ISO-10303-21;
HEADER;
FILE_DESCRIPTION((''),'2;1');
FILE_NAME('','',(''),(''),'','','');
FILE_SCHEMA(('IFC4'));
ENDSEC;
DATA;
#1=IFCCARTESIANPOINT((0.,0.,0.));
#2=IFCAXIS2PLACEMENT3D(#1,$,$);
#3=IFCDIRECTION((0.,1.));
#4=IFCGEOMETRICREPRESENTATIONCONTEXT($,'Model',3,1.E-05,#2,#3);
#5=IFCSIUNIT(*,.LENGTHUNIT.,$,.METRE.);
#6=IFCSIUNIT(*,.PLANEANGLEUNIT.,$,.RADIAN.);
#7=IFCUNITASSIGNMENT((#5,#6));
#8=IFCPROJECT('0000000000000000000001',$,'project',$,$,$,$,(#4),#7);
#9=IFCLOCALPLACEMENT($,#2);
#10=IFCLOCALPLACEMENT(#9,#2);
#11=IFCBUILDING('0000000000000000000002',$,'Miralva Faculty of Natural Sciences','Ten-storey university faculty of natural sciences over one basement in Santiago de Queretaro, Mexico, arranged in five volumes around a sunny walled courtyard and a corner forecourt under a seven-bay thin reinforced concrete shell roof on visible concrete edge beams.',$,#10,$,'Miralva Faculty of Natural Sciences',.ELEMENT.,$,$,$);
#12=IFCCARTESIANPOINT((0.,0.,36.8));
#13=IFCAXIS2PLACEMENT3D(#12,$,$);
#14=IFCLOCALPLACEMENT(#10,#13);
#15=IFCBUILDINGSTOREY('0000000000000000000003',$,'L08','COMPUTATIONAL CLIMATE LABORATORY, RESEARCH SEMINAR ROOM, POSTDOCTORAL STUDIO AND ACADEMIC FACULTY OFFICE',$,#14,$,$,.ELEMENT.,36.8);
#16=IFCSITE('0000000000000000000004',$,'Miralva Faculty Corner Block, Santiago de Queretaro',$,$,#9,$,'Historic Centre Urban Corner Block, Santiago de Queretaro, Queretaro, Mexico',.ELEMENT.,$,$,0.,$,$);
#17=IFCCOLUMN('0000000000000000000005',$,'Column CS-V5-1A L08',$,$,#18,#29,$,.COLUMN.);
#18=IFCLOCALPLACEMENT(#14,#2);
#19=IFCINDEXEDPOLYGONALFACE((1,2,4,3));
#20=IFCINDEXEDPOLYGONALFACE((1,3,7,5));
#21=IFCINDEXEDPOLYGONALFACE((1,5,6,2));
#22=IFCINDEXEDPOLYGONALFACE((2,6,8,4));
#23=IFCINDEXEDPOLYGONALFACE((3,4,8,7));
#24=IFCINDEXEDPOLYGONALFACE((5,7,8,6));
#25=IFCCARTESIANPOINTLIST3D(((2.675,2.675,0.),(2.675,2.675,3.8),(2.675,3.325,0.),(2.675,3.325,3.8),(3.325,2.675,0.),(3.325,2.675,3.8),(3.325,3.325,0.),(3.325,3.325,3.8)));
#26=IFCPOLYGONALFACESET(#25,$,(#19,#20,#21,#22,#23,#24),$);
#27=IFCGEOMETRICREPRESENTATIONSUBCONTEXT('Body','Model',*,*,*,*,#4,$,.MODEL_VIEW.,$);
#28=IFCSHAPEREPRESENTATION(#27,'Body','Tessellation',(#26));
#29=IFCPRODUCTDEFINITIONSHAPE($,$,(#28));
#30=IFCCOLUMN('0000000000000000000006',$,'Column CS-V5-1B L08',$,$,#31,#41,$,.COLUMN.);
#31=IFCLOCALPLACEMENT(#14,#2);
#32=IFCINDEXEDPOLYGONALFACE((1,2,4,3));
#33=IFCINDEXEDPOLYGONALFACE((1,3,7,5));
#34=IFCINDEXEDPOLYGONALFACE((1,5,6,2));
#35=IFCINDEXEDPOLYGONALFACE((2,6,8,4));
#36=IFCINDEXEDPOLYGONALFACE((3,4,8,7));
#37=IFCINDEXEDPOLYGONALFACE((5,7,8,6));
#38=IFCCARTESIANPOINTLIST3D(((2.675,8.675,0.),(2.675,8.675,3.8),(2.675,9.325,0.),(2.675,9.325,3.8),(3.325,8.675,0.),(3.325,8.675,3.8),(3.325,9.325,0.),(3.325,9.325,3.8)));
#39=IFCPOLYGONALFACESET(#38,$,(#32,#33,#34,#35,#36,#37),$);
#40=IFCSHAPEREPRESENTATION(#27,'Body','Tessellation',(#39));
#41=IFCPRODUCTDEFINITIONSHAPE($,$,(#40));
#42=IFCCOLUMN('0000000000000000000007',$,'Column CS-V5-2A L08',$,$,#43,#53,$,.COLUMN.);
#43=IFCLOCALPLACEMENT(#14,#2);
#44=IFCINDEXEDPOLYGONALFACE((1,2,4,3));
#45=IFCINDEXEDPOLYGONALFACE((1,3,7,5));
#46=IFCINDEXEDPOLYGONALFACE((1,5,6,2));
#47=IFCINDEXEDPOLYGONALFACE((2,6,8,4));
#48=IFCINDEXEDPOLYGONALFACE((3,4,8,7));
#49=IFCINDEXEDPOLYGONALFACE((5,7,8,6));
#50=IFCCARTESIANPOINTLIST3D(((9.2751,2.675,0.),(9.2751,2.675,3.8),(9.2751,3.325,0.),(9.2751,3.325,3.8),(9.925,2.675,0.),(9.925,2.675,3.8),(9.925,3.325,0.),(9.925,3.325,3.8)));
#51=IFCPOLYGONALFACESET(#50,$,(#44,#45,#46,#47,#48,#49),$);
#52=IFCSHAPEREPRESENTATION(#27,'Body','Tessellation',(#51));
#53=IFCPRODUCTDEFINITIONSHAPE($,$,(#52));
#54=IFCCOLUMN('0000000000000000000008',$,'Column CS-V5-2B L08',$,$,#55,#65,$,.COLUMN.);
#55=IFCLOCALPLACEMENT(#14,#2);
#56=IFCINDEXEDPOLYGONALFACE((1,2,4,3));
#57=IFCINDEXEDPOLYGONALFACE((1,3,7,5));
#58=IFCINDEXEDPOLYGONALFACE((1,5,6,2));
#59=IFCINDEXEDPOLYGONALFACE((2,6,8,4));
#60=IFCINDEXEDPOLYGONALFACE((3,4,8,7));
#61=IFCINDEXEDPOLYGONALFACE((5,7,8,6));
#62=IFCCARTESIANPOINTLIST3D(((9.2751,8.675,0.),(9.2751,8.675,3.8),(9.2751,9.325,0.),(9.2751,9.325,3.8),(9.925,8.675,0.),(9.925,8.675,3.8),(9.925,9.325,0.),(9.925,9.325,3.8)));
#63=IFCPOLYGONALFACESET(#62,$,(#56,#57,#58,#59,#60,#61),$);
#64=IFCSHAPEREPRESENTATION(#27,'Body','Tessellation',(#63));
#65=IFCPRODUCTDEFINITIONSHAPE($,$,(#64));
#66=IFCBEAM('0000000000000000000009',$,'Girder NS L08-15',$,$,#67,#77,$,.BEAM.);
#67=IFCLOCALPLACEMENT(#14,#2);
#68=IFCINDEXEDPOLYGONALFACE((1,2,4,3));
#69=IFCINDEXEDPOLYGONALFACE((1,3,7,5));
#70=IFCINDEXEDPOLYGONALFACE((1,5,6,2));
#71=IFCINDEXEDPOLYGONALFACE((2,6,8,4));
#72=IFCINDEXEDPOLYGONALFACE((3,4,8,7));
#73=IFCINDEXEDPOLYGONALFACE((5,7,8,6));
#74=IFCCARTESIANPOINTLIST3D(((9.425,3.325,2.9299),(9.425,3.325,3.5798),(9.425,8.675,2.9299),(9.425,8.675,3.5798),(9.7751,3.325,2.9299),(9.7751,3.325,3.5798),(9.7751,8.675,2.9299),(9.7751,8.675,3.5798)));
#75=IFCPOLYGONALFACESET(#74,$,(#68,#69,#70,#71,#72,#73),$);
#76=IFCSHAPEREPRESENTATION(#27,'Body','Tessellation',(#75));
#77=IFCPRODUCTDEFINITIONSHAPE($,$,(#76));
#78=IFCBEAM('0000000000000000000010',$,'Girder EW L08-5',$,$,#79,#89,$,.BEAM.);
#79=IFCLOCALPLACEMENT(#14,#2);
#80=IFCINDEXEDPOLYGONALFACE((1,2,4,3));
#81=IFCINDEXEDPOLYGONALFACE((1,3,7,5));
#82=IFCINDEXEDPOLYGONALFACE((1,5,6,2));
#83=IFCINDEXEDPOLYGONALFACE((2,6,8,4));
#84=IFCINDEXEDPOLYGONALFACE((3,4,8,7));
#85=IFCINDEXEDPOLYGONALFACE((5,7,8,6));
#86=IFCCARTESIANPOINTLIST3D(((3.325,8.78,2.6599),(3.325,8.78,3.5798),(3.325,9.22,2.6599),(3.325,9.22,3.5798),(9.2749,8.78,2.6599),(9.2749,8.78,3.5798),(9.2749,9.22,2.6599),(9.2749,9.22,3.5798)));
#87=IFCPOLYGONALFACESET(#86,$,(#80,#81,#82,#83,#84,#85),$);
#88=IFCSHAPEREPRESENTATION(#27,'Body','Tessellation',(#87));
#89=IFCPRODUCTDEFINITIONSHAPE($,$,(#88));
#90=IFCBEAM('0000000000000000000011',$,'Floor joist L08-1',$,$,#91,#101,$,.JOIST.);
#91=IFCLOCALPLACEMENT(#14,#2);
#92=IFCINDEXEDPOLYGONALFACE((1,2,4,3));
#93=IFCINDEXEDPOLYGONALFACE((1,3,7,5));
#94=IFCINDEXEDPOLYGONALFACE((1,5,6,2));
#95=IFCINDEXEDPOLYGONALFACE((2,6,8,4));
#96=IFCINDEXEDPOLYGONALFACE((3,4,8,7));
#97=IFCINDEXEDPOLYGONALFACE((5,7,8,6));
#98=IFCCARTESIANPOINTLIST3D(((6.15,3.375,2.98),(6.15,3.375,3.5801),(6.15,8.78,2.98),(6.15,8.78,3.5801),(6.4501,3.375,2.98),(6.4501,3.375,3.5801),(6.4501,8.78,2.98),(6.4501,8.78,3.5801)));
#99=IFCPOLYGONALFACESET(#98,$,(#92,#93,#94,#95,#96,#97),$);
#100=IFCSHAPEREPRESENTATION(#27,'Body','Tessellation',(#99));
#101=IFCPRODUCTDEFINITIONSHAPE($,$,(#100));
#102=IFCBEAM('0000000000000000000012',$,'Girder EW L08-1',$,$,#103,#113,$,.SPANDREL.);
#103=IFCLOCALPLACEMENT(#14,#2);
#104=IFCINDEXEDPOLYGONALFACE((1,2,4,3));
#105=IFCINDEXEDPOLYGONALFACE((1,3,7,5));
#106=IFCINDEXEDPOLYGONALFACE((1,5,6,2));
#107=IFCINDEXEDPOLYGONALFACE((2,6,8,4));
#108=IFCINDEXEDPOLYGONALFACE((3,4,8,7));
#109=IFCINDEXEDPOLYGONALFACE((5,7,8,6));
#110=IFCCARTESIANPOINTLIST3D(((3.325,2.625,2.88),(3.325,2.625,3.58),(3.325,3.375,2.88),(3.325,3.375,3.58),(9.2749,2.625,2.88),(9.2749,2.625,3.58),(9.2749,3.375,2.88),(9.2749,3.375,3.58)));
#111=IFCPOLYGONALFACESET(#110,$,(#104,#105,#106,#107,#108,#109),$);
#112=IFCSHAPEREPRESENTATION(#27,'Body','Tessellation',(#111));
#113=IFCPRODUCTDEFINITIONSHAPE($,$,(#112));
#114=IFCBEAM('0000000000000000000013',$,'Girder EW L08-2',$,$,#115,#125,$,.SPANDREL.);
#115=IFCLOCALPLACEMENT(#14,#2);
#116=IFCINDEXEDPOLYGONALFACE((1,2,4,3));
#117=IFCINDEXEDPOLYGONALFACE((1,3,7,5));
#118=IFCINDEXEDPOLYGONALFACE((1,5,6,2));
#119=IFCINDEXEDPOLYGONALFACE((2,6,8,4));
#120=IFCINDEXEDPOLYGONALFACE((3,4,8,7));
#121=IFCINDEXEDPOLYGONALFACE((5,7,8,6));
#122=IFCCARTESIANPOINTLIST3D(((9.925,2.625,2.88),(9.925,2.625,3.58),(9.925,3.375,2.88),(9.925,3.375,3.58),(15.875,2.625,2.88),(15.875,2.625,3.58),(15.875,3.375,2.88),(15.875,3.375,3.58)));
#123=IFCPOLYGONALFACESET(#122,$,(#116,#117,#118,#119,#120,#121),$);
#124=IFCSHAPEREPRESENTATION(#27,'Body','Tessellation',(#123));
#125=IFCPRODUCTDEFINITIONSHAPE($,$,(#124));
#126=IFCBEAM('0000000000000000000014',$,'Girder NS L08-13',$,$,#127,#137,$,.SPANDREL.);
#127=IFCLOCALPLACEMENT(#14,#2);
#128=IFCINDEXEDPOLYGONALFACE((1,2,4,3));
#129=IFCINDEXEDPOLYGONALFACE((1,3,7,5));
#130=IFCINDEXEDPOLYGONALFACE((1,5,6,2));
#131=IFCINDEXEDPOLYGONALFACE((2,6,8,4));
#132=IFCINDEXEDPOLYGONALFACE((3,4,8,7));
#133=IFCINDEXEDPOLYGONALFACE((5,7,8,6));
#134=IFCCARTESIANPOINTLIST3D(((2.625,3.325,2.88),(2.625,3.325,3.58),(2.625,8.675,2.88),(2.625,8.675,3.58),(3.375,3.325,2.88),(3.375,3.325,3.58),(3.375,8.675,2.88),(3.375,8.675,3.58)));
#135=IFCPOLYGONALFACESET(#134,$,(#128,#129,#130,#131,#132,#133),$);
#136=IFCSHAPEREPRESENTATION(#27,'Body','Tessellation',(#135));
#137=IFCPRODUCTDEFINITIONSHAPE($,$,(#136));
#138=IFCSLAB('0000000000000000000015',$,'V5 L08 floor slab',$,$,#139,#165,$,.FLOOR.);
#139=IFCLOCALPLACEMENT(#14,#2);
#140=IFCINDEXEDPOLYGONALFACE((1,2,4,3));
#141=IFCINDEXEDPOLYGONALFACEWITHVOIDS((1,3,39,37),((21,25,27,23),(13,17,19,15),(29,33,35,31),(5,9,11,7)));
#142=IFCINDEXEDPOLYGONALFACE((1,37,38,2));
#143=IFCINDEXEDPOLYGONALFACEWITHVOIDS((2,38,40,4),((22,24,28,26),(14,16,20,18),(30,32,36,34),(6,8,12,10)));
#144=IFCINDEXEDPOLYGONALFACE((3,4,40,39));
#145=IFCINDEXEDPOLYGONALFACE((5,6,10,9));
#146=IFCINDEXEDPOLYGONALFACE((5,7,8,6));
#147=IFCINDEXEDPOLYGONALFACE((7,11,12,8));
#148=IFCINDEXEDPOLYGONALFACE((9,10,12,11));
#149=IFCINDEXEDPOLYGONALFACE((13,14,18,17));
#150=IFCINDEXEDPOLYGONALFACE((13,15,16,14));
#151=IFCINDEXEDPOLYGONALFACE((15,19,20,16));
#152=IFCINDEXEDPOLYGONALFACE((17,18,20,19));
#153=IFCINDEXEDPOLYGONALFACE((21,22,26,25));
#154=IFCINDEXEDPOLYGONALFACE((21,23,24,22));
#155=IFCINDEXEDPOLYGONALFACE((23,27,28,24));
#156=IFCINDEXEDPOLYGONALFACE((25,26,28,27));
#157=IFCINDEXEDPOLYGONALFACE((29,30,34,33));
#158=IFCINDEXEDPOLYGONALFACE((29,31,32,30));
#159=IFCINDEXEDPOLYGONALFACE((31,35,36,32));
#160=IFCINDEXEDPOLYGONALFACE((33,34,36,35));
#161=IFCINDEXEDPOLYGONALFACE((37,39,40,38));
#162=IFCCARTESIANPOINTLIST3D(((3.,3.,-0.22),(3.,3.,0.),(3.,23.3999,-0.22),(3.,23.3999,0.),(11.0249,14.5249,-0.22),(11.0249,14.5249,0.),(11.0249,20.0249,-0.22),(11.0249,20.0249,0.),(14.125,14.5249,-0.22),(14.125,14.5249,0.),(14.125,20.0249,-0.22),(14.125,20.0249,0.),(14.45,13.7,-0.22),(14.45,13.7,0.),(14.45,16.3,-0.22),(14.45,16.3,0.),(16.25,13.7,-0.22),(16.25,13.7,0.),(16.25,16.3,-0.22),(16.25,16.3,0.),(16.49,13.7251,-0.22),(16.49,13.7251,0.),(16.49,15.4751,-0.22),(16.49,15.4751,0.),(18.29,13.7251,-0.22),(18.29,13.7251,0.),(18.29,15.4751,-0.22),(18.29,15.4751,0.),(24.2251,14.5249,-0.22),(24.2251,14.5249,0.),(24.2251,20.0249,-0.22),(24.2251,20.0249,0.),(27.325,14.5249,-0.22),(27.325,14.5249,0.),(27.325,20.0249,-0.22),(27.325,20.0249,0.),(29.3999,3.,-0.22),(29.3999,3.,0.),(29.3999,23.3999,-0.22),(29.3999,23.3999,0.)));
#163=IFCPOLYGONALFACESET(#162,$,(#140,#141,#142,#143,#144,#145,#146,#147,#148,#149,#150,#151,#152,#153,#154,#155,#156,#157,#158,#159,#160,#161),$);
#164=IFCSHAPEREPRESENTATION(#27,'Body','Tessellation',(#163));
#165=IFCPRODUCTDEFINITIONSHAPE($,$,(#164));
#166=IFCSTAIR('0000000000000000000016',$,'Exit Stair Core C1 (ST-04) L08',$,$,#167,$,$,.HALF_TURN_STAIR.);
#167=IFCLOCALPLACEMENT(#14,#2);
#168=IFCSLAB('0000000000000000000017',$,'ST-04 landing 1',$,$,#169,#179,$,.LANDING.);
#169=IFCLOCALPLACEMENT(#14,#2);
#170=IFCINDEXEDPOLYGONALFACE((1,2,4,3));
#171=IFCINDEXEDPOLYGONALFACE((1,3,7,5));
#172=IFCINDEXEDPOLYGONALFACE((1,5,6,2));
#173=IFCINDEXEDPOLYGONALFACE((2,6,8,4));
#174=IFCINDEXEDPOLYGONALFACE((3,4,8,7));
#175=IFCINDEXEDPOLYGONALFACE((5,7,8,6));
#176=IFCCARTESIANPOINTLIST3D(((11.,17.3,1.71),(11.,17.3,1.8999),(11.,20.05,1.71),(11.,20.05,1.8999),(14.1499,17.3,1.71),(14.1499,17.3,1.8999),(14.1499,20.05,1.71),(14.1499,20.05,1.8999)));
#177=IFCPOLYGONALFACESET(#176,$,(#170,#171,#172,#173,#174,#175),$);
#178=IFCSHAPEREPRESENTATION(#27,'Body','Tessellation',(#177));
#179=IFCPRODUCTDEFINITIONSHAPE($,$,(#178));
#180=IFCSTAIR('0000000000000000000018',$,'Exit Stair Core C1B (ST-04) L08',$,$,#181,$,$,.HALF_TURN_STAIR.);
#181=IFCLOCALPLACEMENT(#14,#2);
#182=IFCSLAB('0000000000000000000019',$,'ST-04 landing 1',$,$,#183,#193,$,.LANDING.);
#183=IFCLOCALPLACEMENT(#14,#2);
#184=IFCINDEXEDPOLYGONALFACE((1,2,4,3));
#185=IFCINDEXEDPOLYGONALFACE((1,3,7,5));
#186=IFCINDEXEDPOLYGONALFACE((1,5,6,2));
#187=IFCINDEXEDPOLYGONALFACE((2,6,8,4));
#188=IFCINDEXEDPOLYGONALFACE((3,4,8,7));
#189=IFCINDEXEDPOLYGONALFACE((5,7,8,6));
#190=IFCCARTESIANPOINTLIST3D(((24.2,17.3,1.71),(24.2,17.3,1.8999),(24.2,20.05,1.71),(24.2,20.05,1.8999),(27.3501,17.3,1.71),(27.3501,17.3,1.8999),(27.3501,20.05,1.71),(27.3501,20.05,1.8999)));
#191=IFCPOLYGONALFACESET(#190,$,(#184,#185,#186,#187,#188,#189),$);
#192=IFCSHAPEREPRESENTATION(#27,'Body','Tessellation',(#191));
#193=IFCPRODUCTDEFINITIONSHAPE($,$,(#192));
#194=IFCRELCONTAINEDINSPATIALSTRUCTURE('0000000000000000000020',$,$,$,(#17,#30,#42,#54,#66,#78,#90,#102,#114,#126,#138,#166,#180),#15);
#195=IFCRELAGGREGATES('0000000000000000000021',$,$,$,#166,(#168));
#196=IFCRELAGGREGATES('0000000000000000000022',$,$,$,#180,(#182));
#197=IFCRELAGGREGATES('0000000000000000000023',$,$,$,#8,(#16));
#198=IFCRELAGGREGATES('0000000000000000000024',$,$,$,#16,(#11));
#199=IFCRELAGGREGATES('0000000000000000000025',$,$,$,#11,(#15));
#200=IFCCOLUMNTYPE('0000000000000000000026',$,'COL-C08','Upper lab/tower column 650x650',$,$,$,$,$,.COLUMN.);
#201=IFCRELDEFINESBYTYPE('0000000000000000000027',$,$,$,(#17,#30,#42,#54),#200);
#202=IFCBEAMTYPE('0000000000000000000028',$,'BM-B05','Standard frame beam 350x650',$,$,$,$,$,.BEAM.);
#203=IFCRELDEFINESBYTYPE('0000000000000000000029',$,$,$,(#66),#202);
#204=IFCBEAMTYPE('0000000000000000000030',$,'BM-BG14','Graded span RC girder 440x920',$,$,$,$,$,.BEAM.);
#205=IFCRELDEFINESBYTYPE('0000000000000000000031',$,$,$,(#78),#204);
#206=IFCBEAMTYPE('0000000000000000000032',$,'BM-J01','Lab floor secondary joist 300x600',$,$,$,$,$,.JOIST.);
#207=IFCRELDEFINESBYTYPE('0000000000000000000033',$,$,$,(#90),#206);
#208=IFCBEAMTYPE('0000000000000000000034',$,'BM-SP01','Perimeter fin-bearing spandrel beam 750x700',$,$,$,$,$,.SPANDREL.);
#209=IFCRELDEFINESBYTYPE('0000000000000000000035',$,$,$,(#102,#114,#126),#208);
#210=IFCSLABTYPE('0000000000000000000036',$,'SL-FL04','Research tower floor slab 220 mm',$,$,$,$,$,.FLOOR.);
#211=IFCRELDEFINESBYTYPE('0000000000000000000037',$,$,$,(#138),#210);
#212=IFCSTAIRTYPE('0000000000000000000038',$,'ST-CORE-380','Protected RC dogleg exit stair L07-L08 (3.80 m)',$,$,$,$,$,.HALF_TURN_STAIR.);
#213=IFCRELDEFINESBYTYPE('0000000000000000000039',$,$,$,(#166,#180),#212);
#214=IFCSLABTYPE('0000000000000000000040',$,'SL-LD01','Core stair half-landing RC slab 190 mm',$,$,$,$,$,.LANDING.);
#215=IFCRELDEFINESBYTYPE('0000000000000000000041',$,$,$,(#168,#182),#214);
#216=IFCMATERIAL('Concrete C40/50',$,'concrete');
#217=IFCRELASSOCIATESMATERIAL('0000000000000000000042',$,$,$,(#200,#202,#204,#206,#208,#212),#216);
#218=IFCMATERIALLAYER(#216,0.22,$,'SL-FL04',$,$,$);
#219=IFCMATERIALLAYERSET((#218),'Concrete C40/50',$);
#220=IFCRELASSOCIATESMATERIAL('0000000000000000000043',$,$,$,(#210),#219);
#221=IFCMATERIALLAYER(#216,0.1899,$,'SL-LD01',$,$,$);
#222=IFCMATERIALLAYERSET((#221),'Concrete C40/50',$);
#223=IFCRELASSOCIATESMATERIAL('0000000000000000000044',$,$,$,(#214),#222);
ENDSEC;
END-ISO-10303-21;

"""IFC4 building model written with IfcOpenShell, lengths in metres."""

from ifc_helpers import new_model, si_unit, direction, frame, origin, origin_2d, place, context, subcontext, project, spatial, polyline, rectangle, outline, extrude, material, layer, layer_set, material_profile, profile_set, type_object, element, aggregate, save


model = new_model("IFC4")

# Units and contexts
model_context = context("Model", 3, precision=1e-05, world=origin(), true_north=direction((0.0, 1.0)))
body_context = subcontext(model_context, "Body", "Model", "MODEL_VIEW")
ifc_project = project(units=[si_unit("LENGTHUNIT", "METRE"), si_unit("PLANEANGLEUNIT", "RADIAN")], contexts=[model_context])

# Site, building, storey
site_placement = place(None, origin())
site = spatial("IfcSite", under=ifc_project, at=site_placement, Name="Miralva Faculty Corner Block, Santiago de Queretaro", LongName="Historic Centre Urban Corner Block, Santiago de Queretaro, Queretaro, Mexico", CompositionType="ELEMENT", RefElevation=0.0)
building_placement = place(site_placement, origin())
building = spatial("IfcBuilding", under=site, at=building_placement, Name="Miralva Faculty of Natural Sciences", Description="Ten-storey university faculty of natural sciences over one basement in Santiago de Queretaro, Mexico, arranged in five volumes around a sunny walled courtyard and a corner forecourt under a seven-bay thin reinforced concrete shell roof on visible concrete edge beams.", LongName="Miralva Faculty of Natural Sciences", CompositionType="ELEMENT")
storey_placement = place(building_placement, frame((0.0, 0.0, 36.8)))
storey = spatial("IfcBuildingStorey", under=building, at=storey_placement, Name="L08", Description="COMPUTATIONAL CLIMATE LABORATORY, RESEARCH SEMINAR ROOM, POSTDOCTORAL STUDIO AND ACADEMIC FACULTY OFFICE", CompositionType="ELEMENT", Elevation=36.8)

# Columns
ifc_material_1 = material(Name="Concrete C40/50", Category="concrete")
ifc_material_profile_1 = material_profile(ifc_material_1, rectangle(XDim=0.6499, YDim=0.6499, at=origin_2d()), Name="RC 650x650")
ifc_profile_set_1 = profile_set([ifc_material_profile_1], Name="Concrete C40/50")
column_type = type_object("IfcColumnType", Name="COL-C08", Description="Upper lab/tower column 650x650", PredefinedType="COLUMN", material=ifc_profile_set_1)
for number, where, z_axis, x_axis, name in (
    (1, (3.0, 3.0, 0.0), (0.0, 0.0, 1.0), (1.0, 0.0, 0.0), "Column CS-V5-1A L08"),
    (2, (3.0, 9.0, 0.0), (0.0, 0.0, 1.0), (1.0, 0.0, 0.0), "Column CS-V5-1B L08"),
    (3, (9.6001, 3.0, 0.0), (0.0, 0.0, 1.0), (1.0, 0.0, 0.0), "Column CS-V5-2A L08"),
    (4, (9.6001, 9.0, 0.0), (0.0, 0.0, 1.0), (1.0, 0.0, 0.0), "Column CS-V5-2B L08"),
):
    element("IfcColumn", number, at=place(storey_placement, frame(where, z_axis=z_axis, x_axis=x_axis)), inside=storey, type_object=column_type, Name=name, PredefinedType="COLUMN", context=body_context, shape_type="SweptSolid", body=[
        extrude(rectangle(XDim=0.6499, YDim=0.6499, at=origin_2d()), origin(), (0.0, 0.0, 1.0), 3.8),
    ])

# Beams
ifc_material_profile_2 = material_profile(ifc_material_1, rectangle(XDim=0.3501, YDim=0.6499, at=origin_2d()), Name="RC 350x650")
ifc_profile_set_2 = profile_set([ifc_material_profile_2], Name="Concrete C40/50")
beam_type_1 = type_object("IfcBeamType", Name="BM-B05", Description="Standard frame beam 350x650", PredefinedType="BEAM", material=ifc_profile_set_2)
beam_1_placement = place(storey_placement, frame((9.6001, 3.325, 3.2549), z_axis=(0.0, 1.0, 0.0), x_axis=(-1.0, 0.0, 0.0)))
element("IfcBeam", 5, at=beam_1_placement, inside=storey, type_object=beam_type_1, Name="Girder NS L08-15", PredefinedType="BEAM", context=body_context, shape_type="SweptSolid", body=[
    extrude(rectangle(XDim=0.3501, YDim=0.6499, at=origin_2d()), origin(), (0.0, 0.0, 1.0), 5.3501),
])
ifc_material_profile_3 = material_profile(ifc_material_1, rectangle(XDim=0.4399, YDim=0.9199, at=origin_2d()), Name="RC 440x920")
ifc_profile_set_3 = profile_set([ifc_material_profile_3], Name="Concrete C40/50")
beam_type_2 = type_object("IfcBeamType", Name="BM-BG14", Description="Graded span RC girder 440x920", PredefinedType="BEAM", material=ifc_profile_set_3)
beam_2_placement = place(storey_placement, frame((3.325, 9.0, 3.1199), z_axis=(1.0, 0.0, 0.0), x_axis=(0.0, 1.0, 0.0)))
element("IfcBeam", 6, at=beam_2_placement, inside=storey, type_object=beam_type_2, Name="Girder EW L08-5", PredefinedType="BEAM", context=body_context, shape_type="SweptSolid", body=[
    extrude(rectangle(XDim=0.4399, YDim=0.9199, at=origin_2d()), origin(), (0.0, 0.0, 1.0), 5.95),
])
ifc_material_profile_4 = material_profile(ifc_material_1, rectangle(XDim=0.3, YDim=0.6001, at=origin_2d()), Name="RC 300x600")
ifc_profile_set_4 = profile_set([ifc_material_profile_4], Name="Concrete C40/50")
beam_type_3 = type_object("IfcBeamType", Name="BM-J01", Description="Lab floor secondary joist 300x600", PredefinedType="JOIST", material=ifc_profile_set_4)
beam_3_placement = place(storey_placement, frame((6.3, 3.375, 3.28), z_axis=(0.0, 1.0, 0.0), x_axis=(-1.0, 0.0, 0.0)))
element("IfcBeam", 7, at=beam_3_placement, inside=storey, type_object=beam_type_3, Name="Floor joist L08-1", PredefinedType="JOIST", context=body_context, shape_type="SweptSolid", body=[
    extrude(rectangle(XDim=0.3, YDim=0.6001, at=origin_2d()), origin(), (0.0, 0.0, 1.0), 5.405),
])
ifc_material_profile_5 = material_profile(ifc_material_1, rectangle(XDim=0.75, YDim=0.7, at=origin_2d()), Name="RC 750x700")
ifc_profile_set_5 = profile_set([ifc_material_profile_5], Name="Concrete C40/50")
beam_type_4 = type_object("IfcBeamType", Name="BM-SP01", Description="Perimeter fin-bearing spandrel beam 750x700", PredefinedType="SPANDREL", material=ifc_profile_set_5)
for number, where, z_axis, x_axis, name in (
    (8, (3.325, 3.0, 3.23), (1.0, 0.0, 0.0), (0.0, 1.0, 0.0), "Girder EW L08-1"),
    (9, (9.925, 3.0, 3.23), (1.0, 0.0, 0.0), (0.0, 1.0, 0.0), "Girder EW L08-2"),
):
    element("IfcBeam", number, at=place(storey_placement, frame(where, z_axis=z_axis, x_axis=x_axis)), inside=storey, type_object=beam_type_4, Name=name, PredefinedType="SPANDREL", context=body_context, shape_type="SweptSolid", body=[
        extrude(rectangle(XDim=0.75, YDim=0.7, at=origin_2d()), origin(), (0.0, 0.0, 1.0), 5.95),
    ])
beam_4_placement = place(storey_placement, frame((3.0, 3.325, 3.23), z_axis=(0.0, 1.0, 0.0), x_axis=(-1.0, 0.0, 0.0)))
element("IfcBeam", 10, at=beam_4_placement, inside=storey, type_object=beam_type_4, Name="Girder NS L08-13", PredefinedType="SPANDREL", context=body_context, shape_type="SweptSolid", body=[
    extrude(rectangle(XDim=0.75, YDim=0.7, at=origin_2d()), origin(), (0.0, 0.0, 1.0), 5.3501),
])

# Slab
ifc_layer_1 = layer(ifc_material_1, 0.22, Name="SL-FL04")
ifc_layer_set_1 = layer_set([ifc_layer_1], Name="Concrete C40/50")
slab_type_1 = type_object("IfcSlabType", Name="SL-FL04", Description="Research tower floor slab 220 mm", PredefinedType="FLOOR", material=ifc_layer_set_1)
slab_1_placement = place(storey_placement, frame((0.0, 0.0, -0.22)))
element("IfcSlab", 11, at=slab_1_placement, inside=storey, type_object=slab_type_1, Name="V5 L08 floor slab", PredefinedType="FLOOR", context=body_context, shape_type="SweptSolid", body=[
    extrude(outline(polyline([(29.3999, 3.0), (3.0, 3.0), (3.0, 23.3999), (29.3999, 23.3999), (29.3999, 3.0)]), holes=[polyline([(14.125, 14.5249), (11.0249, 14.5249), (11.0249, 20.0249), (14.125, 20.0249), (14.125, 14.5249)]), polyline([(16.25, 13.7), (14.45, 13.7), (14.45, 16.3), (16.25, 16.3), (16.25, 13.7)]), polyline([(18.29, 13.7251), (16.49, 13.7251), (16.49, 15.4751), (18.29, 15.4751), (18.29, 13.7251)]), polyline([(27.325, 14.5249), (24.2251, 14.5249), (24.2251, 20.0249), (27.325, 20.0249), (27.325, 14.5249)])]), origin(), (0.0, 0.0, 1.0), 0.22),
])

# Stairs, slabs
stair_type = type_object("IfcStairType", Name="ST-CORE-380", Description="Protected RC dogleg exit stair L07-L08 (3.80 m)", PredefinedType="HALF_TURN_STAIR", material=ifc_material_1)
stair_1_placement = place(storey_placement, origin())
stair_1 = element("IfcStair", 12, at=stair_1_placement, inside=storey, type_object=stair_type, Name="Exit Stair Core C1 (ST-04) L08", PredefinedType="HALF_TURN_STAIR")
ifc_layer_2 = layer(ifc_material_1, 0.1899, Name="SL-LD01")
ifc_layer_set_2 = layer_set([ifc_layer_2], Name="Concrete C40/50")
slab_type_2 = type_object("IfcSlabType", Name="SL-LD01", Description="Core stair half-landing RC slab 190 mm", PredefinedType="LANDING", material=ifc_layer_set_2)
slab_2_placement = place(storey_placement, frame((0.0, 0.0, 1.71)))
slab_2 = element("IfcSlab", 13, at=slab_2_placement, type_object=slab_type_2, Name="ST-04 landing 1", PredefinedType="LANDING", context=body_context, shape_type="SweptSolid", body=[
    extrude(outline(polyline([(14.1499, 17.3), (14.1499, 20.05), (11.0, 20.05), (11.0, 17.3), (14.1499, 17.3)])), origin(), (0.0, 0.0, 1.0), 0.1899),
])
aggregate(stair_1, [slab_2])
stair_2_placement = place(storey_placement, origin())
stair_2 = element("IfcStair", 14, at=stair_2_placement, inside=storey, type_object=stair_type, Name="Exit Stair Core C1B (ST-04) L08", PredefinedType="HALF_TURN_STAIR")
slab_3_placement = place(storey_placement, frame((0.0, 0.0, 1.71)))
slab_3 = element("IfcSlab", 15, at=slab_3_placement, type_object=slab_type_2, Name="ST-04 landing 1", PredefinedType="LANDING", context=body_context, shape_type="SweptSolid", body=[
    extrude(outline(polyline([(27.3501, 17.3), (27.3501, 20.05), (24.2, 20.05), (24.2, 17.3), (27.3501, 17.3)])), origin(), (0.0, 0.0, 1.0), 0.1899),
])
aggregate(stair_2, [slab_3])

save(model, "model.ifc")
